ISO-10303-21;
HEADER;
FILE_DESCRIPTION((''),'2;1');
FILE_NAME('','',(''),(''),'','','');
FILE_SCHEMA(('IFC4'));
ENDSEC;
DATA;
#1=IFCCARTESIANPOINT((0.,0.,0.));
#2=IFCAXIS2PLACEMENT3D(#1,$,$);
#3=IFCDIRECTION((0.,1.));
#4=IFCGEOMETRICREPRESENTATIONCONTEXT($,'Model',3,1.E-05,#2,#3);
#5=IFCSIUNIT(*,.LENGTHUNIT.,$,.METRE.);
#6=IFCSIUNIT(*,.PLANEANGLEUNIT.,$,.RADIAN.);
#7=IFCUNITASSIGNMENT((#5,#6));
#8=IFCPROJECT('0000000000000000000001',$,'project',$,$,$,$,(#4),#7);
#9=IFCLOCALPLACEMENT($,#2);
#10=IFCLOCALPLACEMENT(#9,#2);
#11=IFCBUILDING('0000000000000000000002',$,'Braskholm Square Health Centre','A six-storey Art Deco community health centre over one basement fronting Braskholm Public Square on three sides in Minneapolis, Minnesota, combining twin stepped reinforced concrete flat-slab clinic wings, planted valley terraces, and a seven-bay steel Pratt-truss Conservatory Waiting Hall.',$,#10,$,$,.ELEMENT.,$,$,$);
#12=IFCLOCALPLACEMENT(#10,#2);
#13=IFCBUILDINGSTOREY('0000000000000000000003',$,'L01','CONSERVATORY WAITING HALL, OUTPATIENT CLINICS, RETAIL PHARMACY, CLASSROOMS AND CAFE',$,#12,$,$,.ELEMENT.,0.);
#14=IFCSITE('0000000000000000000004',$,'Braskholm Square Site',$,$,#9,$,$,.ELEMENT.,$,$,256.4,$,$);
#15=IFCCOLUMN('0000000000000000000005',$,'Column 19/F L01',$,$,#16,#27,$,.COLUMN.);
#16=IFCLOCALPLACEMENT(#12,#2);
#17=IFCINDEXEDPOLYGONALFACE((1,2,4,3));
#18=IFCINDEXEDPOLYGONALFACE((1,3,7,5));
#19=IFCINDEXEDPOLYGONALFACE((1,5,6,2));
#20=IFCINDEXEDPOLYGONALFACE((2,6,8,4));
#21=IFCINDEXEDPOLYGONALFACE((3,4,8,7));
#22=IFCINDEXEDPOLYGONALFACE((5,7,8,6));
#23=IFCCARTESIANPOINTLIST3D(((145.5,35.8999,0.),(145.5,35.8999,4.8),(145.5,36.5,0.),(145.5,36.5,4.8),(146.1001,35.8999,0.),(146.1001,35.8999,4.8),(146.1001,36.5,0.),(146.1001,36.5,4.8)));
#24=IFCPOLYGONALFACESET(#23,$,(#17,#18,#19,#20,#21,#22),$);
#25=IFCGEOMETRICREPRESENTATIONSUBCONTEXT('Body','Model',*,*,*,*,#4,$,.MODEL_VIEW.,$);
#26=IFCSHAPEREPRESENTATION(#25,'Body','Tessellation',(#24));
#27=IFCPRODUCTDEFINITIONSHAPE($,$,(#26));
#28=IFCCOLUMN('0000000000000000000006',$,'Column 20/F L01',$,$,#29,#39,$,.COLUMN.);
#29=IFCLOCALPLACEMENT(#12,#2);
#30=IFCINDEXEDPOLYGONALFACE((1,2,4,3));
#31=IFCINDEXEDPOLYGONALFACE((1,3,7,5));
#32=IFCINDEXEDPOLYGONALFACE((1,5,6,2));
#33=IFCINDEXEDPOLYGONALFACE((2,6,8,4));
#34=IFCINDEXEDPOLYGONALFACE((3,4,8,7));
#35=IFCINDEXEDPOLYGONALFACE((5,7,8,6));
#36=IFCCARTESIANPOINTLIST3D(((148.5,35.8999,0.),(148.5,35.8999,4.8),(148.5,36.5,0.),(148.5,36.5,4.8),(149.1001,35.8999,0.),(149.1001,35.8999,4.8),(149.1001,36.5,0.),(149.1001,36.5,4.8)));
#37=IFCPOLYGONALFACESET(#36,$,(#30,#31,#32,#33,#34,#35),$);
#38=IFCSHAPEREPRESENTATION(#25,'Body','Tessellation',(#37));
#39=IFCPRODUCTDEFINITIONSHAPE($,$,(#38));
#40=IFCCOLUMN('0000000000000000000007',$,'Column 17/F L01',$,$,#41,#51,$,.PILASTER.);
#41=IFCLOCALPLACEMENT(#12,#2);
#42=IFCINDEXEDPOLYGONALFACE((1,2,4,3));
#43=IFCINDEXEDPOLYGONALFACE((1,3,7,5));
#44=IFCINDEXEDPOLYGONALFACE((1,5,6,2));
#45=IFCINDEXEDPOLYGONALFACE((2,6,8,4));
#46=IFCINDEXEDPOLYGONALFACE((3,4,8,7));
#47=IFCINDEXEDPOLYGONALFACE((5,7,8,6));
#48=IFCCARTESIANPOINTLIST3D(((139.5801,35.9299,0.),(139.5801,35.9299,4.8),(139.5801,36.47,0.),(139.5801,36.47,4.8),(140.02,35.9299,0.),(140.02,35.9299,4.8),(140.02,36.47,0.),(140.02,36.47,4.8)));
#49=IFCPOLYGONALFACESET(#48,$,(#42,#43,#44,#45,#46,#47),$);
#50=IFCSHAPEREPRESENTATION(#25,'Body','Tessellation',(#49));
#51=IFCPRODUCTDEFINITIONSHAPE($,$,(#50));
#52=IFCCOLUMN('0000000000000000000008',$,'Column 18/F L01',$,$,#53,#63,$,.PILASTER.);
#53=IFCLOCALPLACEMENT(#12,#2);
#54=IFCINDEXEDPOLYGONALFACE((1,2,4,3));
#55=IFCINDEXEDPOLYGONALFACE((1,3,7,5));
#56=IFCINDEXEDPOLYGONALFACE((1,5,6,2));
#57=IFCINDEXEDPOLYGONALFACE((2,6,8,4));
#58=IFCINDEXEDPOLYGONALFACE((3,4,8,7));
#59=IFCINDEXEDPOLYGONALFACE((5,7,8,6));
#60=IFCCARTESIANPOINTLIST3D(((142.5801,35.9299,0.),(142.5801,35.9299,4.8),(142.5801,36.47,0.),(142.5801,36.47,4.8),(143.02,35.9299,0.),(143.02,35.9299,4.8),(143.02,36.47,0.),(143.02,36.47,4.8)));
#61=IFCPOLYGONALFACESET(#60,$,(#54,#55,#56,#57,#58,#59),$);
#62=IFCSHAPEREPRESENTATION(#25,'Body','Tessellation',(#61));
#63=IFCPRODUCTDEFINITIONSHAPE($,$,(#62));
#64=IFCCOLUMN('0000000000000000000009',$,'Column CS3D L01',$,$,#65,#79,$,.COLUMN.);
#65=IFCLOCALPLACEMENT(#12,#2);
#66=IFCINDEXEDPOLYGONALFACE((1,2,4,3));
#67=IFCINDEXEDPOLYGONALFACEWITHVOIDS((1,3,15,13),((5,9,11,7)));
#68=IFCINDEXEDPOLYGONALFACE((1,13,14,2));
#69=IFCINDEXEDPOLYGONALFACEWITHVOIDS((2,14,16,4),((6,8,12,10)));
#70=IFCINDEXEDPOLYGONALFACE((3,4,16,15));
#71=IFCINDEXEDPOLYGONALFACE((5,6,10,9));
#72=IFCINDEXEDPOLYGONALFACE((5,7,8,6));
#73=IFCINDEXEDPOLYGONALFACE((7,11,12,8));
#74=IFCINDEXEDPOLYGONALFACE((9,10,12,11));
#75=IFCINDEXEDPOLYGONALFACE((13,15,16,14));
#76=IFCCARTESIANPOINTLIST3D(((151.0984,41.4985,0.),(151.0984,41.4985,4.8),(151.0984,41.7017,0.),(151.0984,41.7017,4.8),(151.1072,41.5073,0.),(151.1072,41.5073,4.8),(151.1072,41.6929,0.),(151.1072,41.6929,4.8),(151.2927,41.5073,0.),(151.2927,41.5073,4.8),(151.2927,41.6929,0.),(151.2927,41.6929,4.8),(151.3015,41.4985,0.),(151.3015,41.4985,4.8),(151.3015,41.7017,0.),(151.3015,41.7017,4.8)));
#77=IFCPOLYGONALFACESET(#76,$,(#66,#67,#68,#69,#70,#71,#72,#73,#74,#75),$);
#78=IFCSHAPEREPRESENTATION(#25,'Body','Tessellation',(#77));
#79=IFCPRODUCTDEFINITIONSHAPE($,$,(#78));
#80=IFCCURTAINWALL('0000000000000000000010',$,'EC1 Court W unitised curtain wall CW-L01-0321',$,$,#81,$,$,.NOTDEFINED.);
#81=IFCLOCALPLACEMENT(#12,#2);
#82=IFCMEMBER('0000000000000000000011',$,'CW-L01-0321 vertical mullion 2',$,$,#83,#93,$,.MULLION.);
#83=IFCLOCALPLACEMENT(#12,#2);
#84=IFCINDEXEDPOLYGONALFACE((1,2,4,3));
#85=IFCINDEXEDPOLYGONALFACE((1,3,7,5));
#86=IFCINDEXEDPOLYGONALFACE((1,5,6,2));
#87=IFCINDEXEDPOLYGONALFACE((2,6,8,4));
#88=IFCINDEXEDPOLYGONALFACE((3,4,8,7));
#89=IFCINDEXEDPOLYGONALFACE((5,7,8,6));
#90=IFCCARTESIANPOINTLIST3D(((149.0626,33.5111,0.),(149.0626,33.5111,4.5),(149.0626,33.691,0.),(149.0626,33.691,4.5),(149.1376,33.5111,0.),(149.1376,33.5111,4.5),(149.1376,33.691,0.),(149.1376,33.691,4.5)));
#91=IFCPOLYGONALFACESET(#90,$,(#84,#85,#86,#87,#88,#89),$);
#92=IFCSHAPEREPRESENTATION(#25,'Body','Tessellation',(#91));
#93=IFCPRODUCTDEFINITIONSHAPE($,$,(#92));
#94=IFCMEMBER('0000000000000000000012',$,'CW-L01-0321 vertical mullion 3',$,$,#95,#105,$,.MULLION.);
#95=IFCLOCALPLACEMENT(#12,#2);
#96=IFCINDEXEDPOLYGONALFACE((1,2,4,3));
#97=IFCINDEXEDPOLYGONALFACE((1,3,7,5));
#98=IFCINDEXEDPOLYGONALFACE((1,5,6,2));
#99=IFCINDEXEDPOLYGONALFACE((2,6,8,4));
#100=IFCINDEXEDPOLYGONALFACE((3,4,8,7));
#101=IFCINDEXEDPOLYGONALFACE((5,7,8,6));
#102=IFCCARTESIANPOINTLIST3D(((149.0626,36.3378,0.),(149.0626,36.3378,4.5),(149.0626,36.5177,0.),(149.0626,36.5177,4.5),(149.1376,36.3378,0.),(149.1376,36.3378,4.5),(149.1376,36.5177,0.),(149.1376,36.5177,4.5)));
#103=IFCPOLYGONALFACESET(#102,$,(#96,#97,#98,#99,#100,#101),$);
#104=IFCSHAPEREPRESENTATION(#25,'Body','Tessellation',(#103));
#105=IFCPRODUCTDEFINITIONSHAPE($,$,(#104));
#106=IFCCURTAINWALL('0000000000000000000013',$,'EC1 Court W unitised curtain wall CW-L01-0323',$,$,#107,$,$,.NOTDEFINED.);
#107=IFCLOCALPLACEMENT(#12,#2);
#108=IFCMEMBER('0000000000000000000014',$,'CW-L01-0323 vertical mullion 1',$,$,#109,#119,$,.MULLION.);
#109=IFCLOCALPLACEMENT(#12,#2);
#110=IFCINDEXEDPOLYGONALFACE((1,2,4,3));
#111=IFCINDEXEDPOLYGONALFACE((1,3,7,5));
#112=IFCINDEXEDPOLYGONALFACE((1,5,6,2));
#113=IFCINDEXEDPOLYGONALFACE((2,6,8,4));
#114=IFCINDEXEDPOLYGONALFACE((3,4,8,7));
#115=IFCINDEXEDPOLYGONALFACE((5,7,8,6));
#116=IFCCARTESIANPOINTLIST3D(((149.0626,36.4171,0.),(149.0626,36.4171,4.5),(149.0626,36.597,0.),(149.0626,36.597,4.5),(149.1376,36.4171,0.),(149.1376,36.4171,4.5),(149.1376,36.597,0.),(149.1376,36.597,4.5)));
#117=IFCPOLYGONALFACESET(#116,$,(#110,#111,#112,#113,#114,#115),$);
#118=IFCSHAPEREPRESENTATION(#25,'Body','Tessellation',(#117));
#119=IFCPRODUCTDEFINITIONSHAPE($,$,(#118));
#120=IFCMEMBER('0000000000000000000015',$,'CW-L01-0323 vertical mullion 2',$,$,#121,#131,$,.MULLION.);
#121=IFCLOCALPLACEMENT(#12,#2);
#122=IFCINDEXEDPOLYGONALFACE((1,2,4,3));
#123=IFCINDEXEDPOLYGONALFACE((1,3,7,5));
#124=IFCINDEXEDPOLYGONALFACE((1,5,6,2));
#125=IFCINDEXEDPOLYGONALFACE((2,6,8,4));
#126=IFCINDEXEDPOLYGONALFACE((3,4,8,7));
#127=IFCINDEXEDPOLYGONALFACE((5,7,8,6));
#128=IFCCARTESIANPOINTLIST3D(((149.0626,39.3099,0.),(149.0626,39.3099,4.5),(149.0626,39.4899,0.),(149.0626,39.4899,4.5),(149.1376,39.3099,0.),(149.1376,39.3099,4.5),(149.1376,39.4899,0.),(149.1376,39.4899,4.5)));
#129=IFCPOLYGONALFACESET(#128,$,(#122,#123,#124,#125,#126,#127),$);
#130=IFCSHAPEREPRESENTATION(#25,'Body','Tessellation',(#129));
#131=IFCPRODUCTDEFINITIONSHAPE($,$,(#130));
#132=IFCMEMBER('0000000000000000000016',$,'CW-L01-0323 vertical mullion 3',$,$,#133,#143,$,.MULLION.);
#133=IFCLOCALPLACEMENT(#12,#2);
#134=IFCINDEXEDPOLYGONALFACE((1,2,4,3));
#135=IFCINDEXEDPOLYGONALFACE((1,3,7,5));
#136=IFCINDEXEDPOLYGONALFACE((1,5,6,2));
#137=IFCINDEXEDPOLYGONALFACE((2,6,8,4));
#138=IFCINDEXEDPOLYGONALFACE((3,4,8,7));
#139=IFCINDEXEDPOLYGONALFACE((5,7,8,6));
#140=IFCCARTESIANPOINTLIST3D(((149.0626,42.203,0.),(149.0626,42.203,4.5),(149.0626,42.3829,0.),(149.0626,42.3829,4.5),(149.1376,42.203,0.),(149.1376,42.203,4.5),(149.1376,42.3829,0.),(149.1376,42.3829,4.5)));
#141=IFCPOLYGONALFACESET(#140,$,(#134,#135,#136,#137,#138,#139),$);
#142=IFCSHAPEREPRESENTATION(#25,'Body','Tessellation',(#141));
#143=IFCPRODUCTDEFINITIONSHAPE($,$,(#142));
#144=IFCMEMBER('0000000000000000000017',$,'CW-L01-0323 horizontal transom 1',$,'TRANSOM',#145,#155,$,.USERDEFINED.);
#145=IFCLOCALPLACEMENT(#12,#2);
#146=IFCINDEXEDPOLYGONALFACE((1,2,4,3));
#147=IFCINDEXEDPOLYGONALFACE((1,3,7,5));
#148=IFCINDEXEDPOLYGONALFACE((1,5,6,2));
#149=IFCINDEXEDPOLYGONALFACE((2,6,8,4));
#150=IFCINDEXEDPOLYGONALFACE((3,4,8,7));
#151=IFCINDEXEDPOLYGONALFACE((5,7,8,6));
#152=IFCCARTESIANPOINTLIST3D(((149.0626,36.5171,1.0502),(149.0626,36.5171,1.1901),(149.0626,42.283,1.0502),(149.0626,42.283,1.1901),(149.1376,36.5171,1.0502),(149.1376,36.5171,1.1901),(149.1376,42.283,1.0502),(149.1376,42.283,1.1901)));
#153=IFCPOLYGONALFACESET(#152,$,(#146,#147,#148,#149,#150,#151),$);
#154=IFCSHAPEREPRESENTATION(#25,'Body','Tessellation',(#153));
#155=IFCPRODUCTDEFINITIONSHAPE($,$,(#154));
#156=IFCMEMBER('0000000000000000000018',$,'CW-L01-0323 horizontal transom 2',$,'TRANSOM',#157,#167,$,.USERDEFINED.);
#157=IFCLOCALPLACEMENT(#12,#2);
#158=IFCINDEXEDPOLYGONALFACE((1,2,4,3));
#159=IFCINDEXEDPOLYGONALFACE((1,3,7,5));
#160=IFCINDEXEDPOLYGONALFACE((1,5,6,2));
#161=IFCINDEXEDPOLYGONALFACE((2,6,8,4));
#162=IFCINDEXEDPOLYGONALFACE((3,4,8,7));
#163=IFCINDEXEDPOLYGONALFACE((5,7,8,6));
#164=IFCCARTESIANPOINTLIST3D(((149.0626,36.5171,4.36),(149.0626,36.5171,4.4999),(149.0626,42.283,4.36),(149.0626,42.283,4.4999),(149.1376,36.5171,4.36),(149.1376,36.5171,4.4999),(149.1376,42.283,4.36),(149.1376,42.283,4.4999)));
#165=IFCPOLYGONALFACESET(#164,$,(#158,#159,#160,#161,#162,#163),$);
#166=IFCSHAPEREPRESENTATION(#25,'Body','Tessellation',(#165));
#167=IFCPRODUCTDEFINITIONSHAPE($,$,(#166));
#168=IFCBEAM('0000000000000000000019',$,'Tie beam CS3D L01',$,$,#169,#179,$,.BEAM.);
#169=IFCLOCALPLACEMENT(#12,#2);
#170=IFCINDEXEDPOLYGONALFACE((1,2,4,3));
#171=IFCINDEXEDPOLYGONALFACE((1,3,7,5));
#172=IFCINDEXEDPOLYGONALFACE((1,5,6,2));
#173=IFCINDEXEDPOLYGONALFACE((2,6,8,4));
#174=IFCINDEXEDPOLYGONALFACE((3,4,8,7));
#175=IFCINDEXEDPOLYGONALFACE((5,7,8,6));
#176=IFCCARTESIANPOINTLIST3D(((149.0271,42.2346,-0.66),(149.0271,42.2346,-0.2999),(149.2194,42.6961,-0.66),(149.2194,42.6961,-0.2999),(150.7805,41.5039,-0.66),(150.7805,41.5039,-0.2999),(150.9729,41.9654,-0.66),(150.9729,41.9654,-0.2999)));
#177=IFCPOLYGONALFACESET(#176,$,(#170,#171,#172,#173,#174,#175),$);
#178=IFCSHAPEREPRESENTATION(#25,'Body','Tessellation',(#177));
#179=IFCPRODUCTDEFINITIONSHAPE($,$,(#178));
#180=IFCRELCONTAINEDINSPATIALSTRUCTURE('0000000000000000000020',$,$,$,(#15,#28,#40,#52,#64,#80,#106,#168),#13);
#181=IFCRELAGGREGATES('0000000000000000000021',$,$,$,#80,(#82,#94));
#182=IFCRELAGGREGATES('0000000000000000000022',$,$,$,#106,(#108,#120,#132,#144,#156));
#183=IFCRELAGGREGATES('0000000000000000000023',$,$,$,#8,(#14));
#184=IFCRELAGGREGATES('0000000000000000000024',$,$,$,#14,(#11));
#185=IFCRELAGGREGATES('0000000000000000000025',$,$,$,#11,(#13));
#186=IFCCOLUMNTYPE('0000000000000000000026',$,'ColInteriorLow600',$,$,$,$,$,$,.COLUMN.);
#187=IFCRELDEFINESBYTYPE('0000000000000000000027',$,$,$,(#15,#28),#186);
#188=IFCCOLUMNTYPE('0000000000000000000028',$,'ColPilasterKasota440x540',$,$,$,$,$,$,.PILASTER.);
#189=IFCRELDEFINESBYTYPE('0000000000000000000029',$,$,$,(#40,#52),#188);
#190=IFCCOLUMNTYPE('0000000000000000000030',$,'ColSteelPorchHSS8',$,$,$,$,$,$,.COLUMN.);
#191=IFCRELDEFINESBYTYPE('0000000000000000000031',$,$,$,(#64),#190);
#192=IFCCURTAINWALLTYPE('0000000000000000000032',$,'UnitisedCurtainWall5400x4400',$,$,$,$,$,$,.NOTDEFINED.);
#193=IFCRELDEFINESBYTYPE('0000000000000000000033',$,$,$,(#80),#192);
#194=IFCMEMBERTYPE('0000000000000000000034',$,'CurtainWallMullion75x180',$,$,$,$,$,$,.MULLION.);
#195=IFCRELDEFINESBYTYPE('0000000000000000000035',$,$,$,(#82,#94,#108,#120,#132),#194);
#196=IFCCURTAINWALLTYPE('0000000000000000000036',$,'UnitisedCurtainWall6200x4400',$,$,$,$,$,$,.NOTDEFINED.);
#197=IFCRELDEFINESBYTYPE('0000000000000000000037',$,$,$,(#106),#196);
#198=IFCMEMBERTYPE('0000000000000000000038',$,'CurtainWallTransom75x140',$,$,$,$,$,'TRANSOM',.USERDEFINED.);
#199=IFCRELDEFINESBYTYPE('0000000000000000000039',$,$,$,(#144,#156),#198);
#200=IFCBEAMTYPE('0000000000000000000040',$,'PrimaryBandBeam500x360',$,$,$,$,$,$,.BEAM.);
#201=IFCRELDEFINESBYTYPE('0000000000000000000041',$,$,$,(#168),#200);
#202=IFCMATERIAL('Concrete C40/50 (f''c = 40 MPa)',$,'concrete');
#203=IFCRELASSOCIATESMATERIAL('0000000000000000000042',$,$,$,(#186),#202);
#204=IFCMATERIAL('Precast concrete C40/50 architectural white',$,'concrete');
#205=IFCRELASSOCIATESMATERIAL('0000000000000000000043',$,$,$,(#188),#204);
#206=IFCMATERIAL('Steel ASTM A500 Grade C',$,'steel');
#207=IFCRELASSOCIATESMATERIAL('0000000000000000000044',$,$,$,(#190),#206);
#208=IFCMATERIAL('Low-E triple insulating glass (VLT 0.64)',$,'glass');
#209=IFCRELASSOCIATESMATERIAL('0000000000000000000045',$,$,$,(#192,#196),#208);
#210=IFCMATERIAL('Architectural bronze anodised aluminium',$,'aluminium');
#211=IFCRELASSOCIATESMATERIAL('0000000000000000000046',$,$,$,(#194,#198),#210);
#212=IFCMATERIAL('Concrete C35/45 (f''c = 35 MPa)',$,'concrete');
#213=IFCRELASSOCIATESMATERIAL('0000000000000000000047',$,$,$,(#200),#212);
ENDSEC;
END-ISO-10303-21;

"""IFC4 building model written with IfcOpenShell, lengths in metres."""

from ifc_helpers import new_model, si_unit, direction, frame, origin, origin_2d, place, context, subcontext, project, spatial, rectangle, hollow_rectangle, extrude, material, material_profile, profile_set, type_object, element, aggregate, save


model = new_model("IFC4")

# Units and contexts
model_context = context("Model", 3, precision=1e-05, world=origin(), true_north=direction((0.0, 1.0)))
body_context = subcontext(model_context, "Body", "Model", "MODEL_VIEW")
ifc_project = project(units=[si_unit("LENGTHUNIT", "METRE"), si_unit("PLANEANGLEUNIT", "RADIAN")], contexts=[model_context])

# Site, building, storey
site_placement = place(None, origin())
site = spatial("IfcSite", under=ifc_project, at=site_placement, Name="Braskholm Square Site", CompositionType="ELEMENT", RefElevation=256.4)
building_placement = place(site_placement, origin())
building = spatial("IfcBuilding", under=site, at=building_placement, Name="Braskholm Square Health Centre", Description="A six-storey Art Deco community health centre over one basement fronting Braskholm Public Square on three sides in Minneapolis, Minnesota, combining twin stepped reinforced concrete flat-slab clinic wings, planted valley terraces, and a seven-bay steel Pratt-truss Conservatory Waiting Hall.", CompositionType="ELEMENT")
storey_placement = place(building_placement, origin())
storey = spatial("IfcBuildingStorey", under=building, at=storey_placement, Name="L01", Description="CONSERVATORY WAITING HALL, OUTPATIENT CLINICS, RETAIL PHARMACY, CLASSROOMS AND CAFE", CompositionType="ELEMENT", Elevation=0.0)

# Columns
ifc_material_1 = material(Name="Concrete C40/50 (f'c = 40 MPa)", Category="concrete")
ifc_material_profile_1 = material_profile(ifc_material_1, rectangle(XDim=0.6001, YDim=0.6001, at=origin_2d()), Name="RC-600X600")
ifc_profile_set_1 = profile_set([ifc_material_profile_1], Name="Concrete C40/50 (f'c = 40 MPa)")
column_type_1 = type_object("IfcColumnType", Name="ColInteriorLow600", PredefinedType="COLUMN", material=ifc_profile_set_1)
for number, where, z_axis, x_axis, name in (
    (1, (145.8, 36.2, 0.0), (0.0, 0.0, 1.0), (1.0, 0.0, 0.0), "Column 19/F L01"),
    (2, (148.8, 36.2, 0.0), (0.0, 0.0, 1.0), (1.0, 0.0, 0.0), "Column 20/F L01"),
):
    element("IfcColumn", number, at=place(storey_placement, frame(where, z_axis=z_axis, x_axis=x_axis)), inside=storey, type_object=column_type_1, Name=name, PredefinedType="COLUMN", context=body_context, shape_type="SweptSolid", body=[
        extrude(rectangle(XDim=0.6001, YDim=0.6001, at=origin_2d()), origin(), (0.0, 0.0, 1.0), 4.8),
    ])
ifc_material_2 = material(Name="Precast concrete C40/50 architectural white", Category="concrete")
ifc_material_profile_2 = material_profile(ifc_material_2, rectangle(XDim=0.4399, YDim=0.54, at=origin_2d()), Name="RC-440X540")
ifc_profile_set_2 = profile_set([ifc_material_profile_2], Name="Precast concrete C40/50 architectural white")
column_type_2 = type_object("IfcColumnType", Name="ColPilasterKasota440x540", PredefinedType="PILASTER", material=ifc_profile_set_2)
for number, where, z_axis, x_axis, name in (
    (3, (139.8, 36.2, 0.0), (0.0, 0.0, 1.0), (1.0, 0.0, 0.0), "Column 17/F L01"),
    (4, (142.8, 36.2, 0.0), (0.0, 0.0, 1.0), (1.0, 0.0, 0.0), "Column 18/F L01"),
):
    element("IfcColumn", number, at=place(storey_placement, frame(where, z_axis=z_axis, x_axis=x_axis)), inside=storey, type_object=column_type_2, Name=name, PredefinedType="PILASTER", context=body_context, shape_type="SweptSolid", body=[
        extrude(rectangle(XDim=0.4399, YDim=0.54, at=origin_2d()), origin(), (0.0, 0.0, 1.0), 4.8),
    ])
ifc_material_3 = material(Name="Steel ASTM A500 Grade C", Category="steel")
ifc_material_profile_3 = material_profile(ifc_material_3, hollow_rectangle(XDim=0.2031, YDim=0.2031, WallThickness=0.0088, at=origin_2d()), Name="HSS8X8X3/8")
ifc_profile_set_3 = profile_set([ifc_material_profile_3], Name="Steel ASTM A500 Grade C")
column_type_3 = type_object("IfcColumnType", Name="ColSteelPorchHSS8", PredefinedType="COLUMN", material=ifc_profile_set_3)
column_placement = place(storey_placement, frame((151.2, 41.6001, 0.0), z_axis=(0.0, 0.0, 1.0), x_axis=(1.0, 0.0, 0.0)))
element("IfcColumn", 5, at=column_placement, inside=storey, type_object=column_type_3, Name="Column CS3D L01", PredefinedType="COLUMN", context=body_context, shape_type="SweptSolid", body=[
    extrude(hollow_rectangle(XDim=0.2031, YDim=0.2031, WallThickness=0.0088, at=origin_2d()), origin(), (0.0, 0.0, 1.0), 4.8),
])

# Curtain walls, members
ifc_material_4 = material(Name="Low-E triple insulating glass (VLT 0.64)", Category="glass")
curtain_wall_type_1 = type_object("IfcCurtainWallType", Name="UnitisedCurtainWall5400x4400", PredefinedType="NOTDEFINED", material=ifc_material_4)
curtain_wall_1_placement = place(storey_placement, origin())
curtain_wall_1 = element("IfcCurtainWall", 6, at=curtain_wall_1_placement, inside=storey, type_object=curtain_wall_type_1, Name="EC1 Court W unitised curtain wall CW-L01-0321", PredefinedType="NOTDEFINED")
ifc_material_5 = material(Name="Architectural bronze anodised aluminium", Category="aluminium")
ifc_material_profile_4 = material_profile(ifc_material_5, rectangle(XDim=0.075, YDim=0.1799, at=origin_2d()), Name="ALU-75X180")
ifc_profile_set_4 = profile_set([ifc_material_profile_4], Name="Architectural bronze anodised aluminium")
member_type_1 = type_object("IfcMemberType", Name="CurtainWallMullion75x180", PredefinedType="MULLION", material=ifc_profile_set_4)
member_1_placement = place(storey_placement, frame((149.1001, 33.6011, 0.0), z_axis=(0.0, 0.0, 1.0), x_axis=(1.0, 0.0, 0.0)))
member_1 = element("IfcMember", 7, at=member_1_placement, type_object=member_type_1, Name="CW-L01-0321 vertical mullion 2", PredefinedType="MULLION", context=body_context, shape_type="SweptSolid", body=[
    extrude(rectangle(XDim=0.075, YDim=0.1799, at=origin_2d()), origin(), (0.0, 0.0, 1.0), 4.5),
])
member_2_placement = place(storey_placement, frame((149.1001, 36.4277, 0.0), z_axis=(0.0, 0.0, 1.0), x_axis=(1.0, 0.0, 0.0)))
member_2 = element("IfcMember", 8, at=member_2_placement, type_object=member_type_1, Name="CW-L01-0321 vertical mullion 3", PredefinedType="MULLION", context=body_context, shape_type="SweptSolid", body=[
    extrude(rectangle(XDim=0.075, YDim=0.1799, at=origin_2d()), origin(), (0.0, 0.0, 1.0), 4.5),
])
curtain_wall_type_2 = type_object("IfcCurtainWallType", Name="UnitisedCurtainWall6200x4400", PredefinedType="NOTDEFINED", material=ifc_material_4)
curtain_wall_2_placement = place(storey_placement, origin())
curtain_wall_2 = element("IfcCurtainWall", 9, at=curtain_wall_2_placement, inside=storey, type_object=curtain_wall_type_2, Name="EC1 Court W unitised curtain wall CW-L01-0323", PredefinedType="NOTDEFINED")
member_3_placement = place(storey_placement, frame((149.1001, 36.5071, 0.0), z_axis=(0.0, 0.0, 1.0), x_axis=(1.0, 0.0, 0.0)))
member_3 = element("IfcMember", 10, at=member_3_placement, type_object=member_type_1, Name="CW-L01-0323 vertical mullion 1", PredefinedType="MULLION", context=body_context, shape_type="SweptSolid", body=[
    extrude(rectangle(XDim=0.075, YDim=0.1799, at=origin_2d()), origin(), (0.0, 0.0, 1.0), 4.5),
])
member_4_placement = place(storey_placement, frame((149.1001, 39.3999, 0.0), z_axis=(0.0, 0.0, 1.0), x_axis=(1.0, 0.0, 0.0)))
member_4 = element("IfcMember", 11, at=member_4_placement, type_object=member_type_1, Name="CW-L01-0323 vertical mullion 2", PredefinedType="MULLION", context=body_context, shape_type="SweptSolid", body=[
    extrude(rectangle(XDim=0.075, YDim=0.1799, at=origin_2d()), origin(), (0.0, 0.0, 1.0), 4.5),
])
member_5_placement = place(storey_placement, frame((149.1001, 42.293, 0.0), z_axis=(0.0, 0.0, 1.0), x_axis=(1.0, 0.0, 0.0)))
member_5 = element("IfcMember", 12, at=member_5_placement, type_object=member_type_1, Name="CW-L01-0323 vertical mullion 3", PredefinedType="MULLION", context=body_context, shape_type="SweptSolid", body=[
    extrude(rectangle(XDim=0.075, YDim=0.1799, at=origin_2d()), origin(), (0.0, 0.0, 1.0), 4.5),
])
ifc_material_profile_5 = material_profile(ifc_material_5, rectangle(XDim=0.075, YDim=0.1399, at=origin_2d()), Name="ALU-75X140")
ifc_profile_set_5 = profile_set([ifc_material_profile_5], Name="Architectural bronze anodised aluminium")
member_type_2 = type_object("IfcMemberType", Name="CurtainWallTransom75x140", ElementType="TRANSOM", PredefinedType="USERDEFINED", material=ifc_profile_set_5)
member_6_placement = place(storey_placement, frame((149.1001, 36.5171, 1.1201), z_axis=(0.0, 1.0, 0.0), x_axis=(-1.0, 0.0, 0.0)))
member_6 = element("IfcMember", 13, at=member_6_placement, type_object=member_type_2, Name="CW-L01-0323 horizontal transom 1", ObjectType="TRANSOM", PredefinedType="USERDEFINED", context=body_context, shape_type="SweptSolid", body=[
    extrude(rectangle(XDim=0.075, YDim=0.1399, at=origin_2d()), origin(), (0.0, 0.0, 1.0), 5.7659),
])
member_7_placement = place(storey_placement, frame((149.1001, 36.5171, 4.4299), z_axis=(0.0, 1.0, 0.0), x_axis=(-1.0, 0.0, 0.0)))
member_7 = element("IfcMember", 14, at=member_7_placement, type_object=member_type_2, Name="CW-L01-0323 horizontal transom 2", ObjectType="TRANSOM", PredefinedType="USERDEFINED", context=body_context, shape_type="SweptSolid", body=[
    extrude(rectangle(XDim=0.075, YDim=0.1399, at=origin_2d()), origin(), (0.0, 0.0, 1.0), 5.7659),
])

# Beam
ifc_material_6 = material(Name="Concrete C35/45 (f'c = 35 MPa)", Category="concrete")
ifc_material_profile_6 = material_profile(ifc_material_6, rectangle(XDim=0.5, YDim=0.3601, at=origin_2d()), Name="RCB-500X360")
ifc_profile_set_6 = profile_set([ifc_material_profile_6], Name="Concrete C35/45 (f'c = 35 MPa)")
beam_type_1 = type_object("IfcBeamType", Name="PrimaryBandBeam500x360", PredefinedType="BEAM", material=ifc_profile_set_6)
beam_1_placement = place(storey_placement, frame((150.8767, 41.7346, -0.48), z_axis=(-0.923054, 0.38467, 0.0), x_axis=(-0.38467, -0.923054, 0.0)))
element("IfcBeam", 15, at=beam_1_placement, inside=storey, type_object=beam_type_1, Name="Tie beam CS3D L01", PredefinedType="BEAM", context=body_context, shape_type="SweptSolid", body=[
    extrude(rectangle(XDim=0.5, YDim=0.3601, at=origin_2d()), origin(), (0.0, 0.0, 1.0), 1.8997),
])

aggregate(curtain_wall_1, [member_1, member_2])
aggregate(curtain_wall_2, [member_3, member_4, member_5, member_6, member_7])

save(model, "model.ifc")
